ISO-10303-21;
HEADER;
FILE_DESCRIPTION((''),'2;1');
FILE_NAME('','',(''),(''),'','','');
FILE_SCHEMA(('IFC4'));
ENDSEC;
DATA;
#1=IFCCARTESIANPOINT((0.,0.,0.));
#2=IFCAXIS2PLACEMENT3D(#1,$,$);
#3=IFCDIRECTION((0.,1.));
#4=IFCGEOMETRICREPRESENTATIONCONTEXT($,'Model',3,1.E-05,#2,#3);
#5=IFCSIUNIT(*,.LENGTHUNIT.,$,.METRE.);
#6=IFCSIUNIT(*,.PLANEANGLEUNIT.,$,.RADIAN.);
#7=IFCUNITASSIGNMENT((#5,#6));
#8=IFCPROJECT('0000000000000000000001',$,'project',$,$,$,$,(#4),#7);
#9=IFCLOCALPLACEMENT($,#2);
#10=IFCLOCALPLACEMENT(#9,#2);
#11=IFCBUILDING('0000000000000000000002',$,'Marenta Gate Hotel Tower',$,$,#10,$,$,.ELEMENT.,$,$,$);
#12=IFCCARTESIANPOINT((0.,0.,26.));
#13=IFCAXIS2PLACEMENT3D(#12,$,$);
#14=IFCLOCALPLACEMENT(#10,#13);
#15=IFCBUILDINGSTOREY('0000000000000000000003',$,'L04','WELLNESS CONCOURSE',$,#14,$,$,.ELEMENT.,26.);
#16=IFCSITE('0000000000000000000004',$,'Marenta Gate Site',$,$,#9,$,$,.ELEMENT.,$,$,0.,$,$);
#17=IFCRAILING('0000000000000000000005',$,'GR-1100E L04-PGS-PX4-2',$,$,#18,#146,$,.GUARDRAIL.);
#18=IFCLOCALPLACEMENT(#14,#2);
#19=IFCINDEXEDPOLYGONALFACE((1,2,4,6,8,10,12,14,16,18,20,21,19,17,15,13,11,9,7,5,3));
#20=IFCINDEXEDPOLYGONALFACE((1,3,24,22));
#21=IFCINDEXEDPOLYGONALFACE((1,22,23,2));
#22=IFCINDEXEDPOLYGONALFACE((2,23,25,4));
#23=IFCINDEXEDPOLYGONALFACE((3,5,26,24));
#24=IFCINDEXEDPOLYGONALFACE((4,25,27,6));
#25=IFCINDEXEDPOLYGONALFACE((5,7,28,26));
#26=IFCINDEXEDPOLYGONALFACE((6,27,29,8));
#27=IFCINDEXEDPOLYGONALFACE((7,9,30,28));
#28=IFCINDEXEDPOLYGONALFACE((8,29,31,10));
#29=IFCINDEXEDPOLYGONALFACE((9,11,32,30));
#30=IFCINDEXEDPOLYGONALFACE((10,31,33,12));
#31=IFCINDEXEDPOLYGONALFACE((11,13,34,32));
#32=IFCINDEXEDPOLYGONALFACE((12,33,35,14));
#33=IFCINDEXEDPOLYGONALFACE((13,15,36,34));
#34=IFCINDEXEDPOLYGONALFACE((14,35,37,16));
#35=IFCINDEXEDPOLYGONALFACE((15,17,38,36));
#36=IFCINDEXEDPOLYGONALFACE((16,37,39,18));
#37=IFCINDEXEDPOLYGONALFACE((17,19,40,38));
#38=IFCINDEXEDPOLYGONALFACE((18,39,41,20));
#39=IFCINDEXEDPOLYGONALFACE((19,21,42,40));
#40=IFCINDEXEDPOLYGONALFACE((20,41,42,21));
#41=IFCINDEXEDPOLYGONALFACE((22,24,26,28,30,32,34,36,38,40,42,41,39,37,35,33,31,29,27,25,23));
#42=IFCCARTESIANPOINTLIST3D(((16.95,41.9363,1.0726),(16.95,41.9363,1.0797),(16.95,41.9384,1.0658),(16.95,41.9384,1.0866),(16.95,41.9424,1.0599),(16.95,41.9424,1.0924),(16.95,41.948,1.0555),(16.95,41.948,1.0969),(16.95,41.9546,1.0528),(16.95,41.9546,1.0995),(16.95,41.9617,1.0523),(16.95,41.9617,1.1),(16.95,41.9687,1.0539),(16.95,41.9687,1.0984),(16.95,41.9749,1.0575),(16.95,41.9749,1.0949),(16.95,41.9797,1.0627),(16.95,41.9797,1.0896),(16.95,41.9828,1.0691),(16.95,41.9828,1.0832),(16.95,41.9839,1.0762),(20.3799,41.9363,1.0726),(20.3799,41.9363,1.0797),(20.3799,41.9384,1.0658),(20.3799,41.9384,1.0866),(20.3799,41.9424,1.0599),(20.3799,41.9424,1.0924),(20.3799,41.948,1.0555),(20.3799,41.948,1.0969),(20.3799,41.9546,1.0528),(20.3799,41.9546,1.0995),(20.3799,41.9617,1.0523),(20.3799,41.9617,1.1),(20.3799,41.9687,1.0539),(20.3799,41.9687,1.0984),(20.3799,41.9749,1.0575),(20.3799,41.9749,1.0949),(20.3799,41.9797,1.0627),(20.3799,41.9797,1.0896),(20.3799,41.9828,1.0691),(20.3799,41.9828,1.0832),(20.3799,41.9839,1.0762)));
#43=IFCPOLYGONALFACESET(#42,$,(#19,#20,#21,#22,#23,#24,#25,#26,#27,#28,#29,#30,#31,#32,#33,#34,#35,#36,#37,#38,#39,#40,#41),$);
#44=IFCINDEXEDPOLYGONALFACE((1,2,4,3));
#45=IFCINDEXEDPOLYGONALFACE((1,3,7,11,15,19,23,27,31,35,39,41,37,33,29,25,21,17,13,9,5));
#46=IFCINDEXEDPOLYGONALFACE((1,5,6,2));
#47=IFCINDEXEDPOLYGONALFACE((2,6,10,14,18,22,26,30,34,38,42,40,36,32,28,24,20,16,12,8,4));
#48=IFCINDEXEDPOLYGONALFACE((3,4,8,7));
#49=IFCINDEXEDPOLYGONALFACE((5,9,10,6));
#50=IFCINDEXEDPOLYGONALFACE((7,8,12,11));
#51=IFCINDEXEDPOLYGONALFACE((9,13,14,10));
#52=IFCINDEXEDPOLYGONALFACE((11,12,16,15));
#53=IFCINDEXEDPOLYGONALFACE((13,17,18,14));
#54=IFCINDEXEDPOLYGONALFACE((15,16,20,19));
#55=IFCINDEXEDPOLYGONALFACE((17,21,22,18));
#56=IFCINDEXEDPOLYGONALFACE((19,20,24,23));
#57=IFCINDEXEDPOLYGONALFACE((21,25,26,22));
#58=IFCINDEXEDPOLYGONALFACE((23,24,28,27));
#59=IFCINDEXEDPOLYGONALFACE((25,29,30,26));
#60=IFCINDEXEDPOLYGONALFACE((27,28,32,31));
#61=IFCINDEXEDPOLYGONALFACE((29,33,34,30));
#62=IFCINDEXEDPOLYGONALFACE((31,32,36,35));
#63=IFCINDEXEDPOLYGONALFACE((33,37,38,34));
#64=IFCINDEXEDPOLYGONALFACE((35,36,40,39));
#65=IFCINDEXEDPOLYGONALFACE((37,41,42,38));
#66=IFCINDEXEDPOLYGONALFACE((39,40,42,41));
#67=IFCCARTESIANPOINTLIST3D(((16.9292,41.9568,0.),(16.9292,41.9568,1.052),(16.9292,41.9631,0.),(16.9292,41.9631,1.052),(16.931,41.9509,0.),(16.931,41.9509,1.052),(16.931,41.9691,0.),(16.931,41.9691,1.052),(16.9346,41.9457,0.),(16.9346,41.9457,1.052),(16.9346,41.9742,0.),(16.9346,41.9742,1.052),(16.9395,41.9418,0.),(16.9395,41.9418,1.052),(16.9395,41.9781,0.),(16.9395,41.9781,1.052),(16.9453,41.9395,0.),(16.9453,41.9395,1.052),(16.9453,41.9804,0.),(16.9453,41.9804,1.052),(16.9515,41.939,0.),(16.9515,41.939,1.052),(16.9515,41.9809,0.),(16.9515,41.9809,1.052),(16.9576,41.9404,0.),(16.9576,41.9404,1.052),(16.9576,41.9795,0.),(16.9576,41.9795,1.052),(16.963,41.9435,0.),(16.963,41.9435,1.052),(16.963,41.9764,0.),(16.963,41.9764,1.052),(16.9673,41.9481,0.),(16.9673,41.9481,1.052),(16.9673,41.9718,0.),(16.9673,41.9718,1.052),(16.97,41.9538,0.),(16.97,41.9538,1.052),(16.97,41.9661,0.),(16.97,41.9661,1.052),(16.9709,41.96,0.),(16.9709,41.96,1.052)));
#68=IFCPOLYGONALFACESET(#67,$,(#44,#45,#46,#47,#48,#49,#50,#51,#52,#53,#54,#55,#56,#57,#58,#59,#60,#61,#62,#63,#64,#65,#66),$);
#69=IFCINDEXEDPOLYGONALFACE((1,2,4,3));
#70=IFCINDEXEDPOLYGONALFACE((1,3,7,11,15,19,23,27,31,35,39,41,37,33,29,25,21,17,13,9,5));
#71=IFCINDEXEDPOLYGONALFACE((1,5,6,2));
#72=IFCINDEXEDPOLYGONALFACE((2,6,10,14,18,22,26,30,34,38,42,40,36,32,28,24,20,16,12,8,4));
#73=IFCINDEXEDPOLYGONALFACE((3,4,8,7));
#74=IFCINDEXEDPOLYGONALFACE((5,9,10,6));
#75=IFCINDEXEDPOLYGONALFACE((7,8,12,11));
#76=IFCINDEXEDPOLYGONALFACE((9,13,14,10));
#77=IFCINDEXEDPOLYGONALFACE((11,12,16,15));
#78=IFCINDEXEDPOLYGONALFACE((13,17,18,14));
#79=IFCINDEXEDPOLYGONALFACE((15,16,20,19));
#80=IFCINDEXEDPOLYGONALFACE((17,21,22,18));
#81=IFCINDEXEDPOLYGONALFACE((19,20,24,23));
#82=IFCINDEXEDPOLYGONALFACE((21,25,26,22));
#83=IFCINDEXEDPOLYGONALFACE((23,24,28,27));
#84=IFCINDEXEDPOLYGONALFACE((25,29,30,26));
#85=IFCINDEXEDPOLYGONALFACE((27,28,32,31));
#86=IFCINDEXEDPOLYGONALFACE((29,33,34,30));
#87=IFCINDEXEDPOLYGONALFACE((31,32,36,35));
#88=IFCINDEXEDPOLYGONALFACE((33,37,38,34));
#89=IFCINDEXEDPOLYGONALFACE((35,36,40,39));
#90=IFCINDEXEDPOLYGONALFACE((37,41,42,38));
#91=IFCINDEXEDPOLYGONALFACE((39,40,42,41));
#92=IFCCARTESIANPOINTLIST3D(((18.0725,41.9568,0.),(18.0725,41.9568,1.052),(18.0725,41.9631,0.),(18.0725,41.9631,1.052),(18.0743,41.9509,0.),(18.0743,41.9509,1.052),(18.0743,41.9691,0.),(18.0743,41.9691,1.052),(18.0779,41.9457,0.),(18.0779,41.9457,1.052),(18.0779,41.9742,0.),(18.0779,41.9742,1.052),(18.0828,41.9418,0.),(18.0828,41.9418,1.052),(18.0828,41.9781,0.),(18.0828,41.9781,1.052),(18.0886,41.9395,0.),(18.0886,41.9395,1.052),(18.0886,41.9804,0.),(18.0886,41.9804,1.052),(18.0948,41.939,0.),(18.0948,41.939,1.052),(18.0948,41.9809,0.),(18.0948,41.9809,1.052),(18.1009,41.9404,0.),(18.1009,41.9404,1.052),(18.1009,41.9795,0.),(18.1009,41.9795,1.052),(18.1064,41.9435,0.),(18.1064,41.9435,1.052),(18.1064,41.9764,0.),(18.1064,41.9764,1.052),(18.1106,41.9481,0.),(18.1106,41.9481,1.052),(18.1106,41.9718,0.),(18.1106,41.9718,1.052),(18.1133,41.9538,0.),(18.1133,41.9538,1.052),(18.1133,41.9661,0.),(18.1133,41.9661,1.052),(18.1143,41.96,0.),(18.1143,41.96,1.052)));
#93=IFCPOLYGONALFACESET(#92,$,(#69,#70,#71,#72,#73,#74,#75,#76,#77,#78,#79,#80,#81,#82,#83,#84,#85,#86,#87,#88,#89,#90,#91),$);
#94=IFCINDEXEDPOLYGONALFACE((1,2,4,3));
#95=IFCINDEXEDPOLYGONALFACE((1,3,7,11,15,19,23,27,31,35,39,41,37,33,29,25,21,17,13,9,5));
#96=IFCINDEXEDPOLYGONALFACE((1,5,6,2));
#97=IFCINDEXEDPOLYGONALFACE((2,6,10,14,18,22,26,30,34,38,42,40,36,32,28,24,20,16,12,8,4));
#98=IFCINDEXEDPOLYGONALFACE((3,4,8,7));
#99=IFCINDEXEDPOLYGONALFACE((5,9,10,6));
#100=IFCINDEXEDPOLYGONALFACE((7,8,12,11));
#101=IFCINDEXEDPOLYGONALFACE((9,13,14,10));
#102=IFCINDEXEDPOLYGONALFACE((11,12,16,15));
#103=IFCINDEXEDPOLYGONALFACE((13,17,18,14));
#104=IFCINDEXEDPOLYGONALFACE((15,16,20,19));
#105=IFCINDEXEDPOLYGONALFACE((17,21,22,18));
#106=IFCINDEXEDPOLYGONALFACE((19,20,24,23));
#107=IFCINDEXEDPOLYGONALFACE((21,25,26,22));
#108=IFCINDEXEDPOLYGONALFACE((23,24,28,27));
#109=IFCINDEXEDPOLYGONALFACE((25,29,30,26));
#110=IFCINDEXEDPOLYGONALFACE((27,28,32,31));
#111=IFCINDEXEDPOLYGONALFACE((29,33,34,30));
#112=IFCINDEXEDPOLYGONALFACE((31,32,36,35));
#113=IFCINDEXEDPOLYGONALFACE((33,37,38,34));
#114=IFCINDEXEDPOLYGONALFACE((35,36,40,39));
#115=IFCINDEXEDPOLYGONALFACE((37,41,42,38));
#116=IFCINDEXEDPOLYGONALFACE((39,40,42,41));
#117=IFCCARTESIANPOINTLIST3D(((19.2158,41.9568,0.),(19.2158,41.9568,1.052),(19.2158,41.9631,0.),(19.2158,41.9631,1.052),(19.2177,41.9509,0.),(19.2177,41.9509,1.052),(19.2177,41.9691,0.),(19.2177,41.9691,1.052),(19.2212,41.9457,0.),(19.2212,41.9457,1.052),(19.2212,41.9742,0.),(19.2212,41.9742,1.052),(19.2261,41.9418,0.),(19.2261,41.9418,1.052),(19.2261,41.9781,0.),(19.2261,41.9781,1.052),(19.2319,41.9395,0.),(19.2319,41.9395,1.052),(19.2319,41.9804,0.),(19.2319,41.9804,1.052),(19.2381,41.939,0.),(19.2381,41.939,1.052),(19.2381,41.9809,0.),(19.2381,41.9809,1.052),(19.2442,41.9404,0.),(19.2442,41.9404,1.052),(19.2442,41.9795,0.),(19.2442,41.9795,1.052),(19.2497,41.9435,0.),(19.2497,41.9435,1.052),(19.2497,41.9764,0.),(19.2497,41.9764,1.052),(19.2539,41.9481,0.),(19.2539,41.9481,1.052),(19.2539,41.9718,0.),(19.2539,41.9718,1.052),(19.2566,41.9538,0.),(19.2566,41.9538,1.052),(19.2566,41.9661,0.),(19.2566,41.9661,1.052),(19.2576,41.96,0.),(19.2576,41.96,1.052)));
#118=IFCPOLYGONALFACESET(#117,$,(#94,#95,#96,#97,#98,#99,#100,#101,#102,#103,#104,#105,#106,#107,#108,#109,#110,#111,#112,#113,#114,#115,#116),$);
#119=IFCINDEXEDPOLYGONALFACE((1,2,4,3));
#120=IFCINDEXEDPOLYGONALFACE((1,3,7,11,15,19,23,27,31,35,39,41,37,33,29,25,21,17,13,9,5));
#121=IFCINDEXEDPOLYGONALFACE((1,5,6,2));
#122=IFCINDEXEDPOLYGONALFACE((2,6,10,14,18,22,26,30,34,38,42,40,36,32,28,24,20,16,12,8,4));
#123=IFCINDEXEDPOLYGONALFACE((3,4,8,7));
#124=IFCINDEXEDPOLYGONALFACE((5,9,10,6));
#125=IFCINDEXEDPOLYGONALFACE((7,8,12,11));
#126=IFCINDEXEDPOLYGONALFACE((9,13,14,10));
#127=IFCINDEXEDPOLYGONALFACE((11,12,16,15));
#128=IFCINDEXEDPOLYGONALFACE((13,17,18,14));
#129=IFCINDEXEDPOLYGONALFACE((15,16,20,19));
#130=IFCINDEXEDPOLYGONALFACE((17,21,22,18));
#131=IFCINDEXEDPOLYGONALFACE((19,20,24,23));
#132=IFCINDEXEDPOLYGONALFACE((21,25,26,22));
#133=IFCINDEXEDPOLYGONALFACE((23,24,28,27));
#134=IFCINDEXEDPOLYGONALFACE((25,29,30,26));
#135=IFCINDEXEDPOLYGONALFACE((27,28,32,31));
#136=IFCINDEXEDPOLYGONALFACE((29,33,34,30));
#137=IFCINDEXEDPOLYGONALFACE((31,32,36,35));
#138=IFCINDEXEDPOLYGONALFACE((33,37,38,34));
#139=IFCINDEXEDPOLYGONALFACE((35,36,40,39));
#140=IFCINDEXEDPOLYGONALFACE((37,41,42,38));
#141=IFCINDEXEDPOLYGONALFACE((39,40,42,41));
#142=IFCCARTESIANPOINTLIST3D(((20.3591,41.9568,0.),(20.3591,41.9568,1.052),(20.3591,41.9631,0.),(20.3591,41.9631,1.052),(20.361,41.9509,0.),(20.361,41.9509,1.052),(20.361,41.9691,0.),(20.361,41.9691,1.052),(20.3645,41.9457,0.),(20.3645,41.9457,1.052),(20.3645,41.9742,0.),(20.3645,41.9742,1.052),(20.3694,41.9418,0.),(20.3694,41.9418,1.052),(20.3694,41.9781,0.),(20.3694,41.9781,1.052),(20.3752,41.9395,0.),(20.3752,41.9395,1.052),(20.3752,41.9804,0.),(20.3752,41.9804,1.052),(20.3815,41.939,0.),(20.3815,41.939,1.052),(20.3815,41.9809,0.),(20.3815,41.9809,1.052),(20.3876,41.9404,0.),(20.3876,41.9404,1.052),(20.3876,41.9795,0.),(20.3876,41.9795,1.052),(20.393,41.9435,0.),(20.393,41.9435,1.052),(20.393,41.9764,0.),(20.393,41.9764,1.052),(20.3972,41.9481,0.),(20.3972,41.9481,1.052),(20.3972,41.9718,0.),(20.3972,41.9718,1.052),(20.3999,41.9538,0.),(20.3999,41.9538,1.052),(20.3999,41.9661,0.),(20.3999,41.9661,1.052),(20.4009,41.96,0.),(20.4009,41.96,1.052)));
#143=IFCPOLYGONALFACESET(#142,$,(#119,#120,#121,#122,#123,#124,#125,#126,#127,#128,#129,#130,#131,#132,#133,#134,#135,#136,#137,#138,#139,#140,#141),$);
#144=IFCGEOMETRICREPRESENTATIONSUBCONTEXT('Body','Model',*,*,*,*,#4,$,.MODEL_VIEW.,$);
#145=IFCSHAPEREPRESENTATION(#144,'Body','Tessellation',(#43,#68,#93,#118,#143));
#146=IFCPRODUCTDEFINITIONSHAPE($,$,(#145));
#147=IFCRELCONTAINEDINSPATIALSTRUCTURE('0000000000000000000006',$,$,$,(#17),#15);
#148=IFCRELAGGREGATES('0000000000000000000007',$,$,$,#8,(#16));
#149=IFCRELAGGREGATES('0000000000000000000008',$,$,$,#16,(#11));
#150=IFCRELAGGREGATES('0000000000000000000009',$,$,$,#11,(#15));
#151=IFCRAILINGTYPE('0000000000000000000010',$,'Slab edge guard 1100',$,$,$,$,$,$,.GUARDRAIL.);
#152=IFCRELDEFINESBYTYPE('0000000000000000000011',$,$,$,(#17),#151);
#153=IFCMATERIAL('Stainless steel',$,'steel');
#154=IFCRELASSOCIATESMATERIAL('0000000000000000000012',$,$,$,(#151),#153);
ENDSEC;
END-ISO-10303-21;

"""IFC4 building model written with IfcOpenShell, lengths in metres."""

from ifc_helpers import new_model, si_unit, direction, frame, origin, origin_2d, place, context, subcontext, project, spatial, circle, extrude, material, type_object, element, save


model = new_model("IFC4")

# Units and contexts
model_context = context("Model", 3, precision=1e-05, world=origin(), true_north=direction((0.0, 1.0)))
body_context = subcontext(model_context, "Body", "Model", "MODEL_VIEW")
ifc_project = project(units=[si_unit("LENGTHUNIT", "METRE"), si_unit("PLANEANGLEUNIT", "RADIAN")], contexts=[model_context])

# Site, building, storey
site_placement = place(None, origin())
site = spatial("IfcSite", under=ifc_project, at=site_placement, Name="Marenta Gate Site", CompositionType="ELEMENT", RefElevation=0.0)
building_placement = place(site_placement, origin())
building = spatial("IfcBuilding", under=site, at=building_placement, Name="Marenta Gate Hotel Tower", CompositionType="ELEMENT")
storey_placement = place(building_placement, frame((0.0, 0.0, 26.0)))
storey = spatial("IfcBuildingStorey", under=building, at=storey_placement, Name="L04", Description="WELLNESS CONCOURSE", CompositionType="ELEMENT", Elevation=26.0)

# Railing
ifc_material_1 = material(Name="Stainless steel", Category="steel")
railing_type_1 = type_object("IfcRailingType", Name="Slab edge guard 1100", PredefinedType="GUARDRAIL", material=ifc_material_1)
railing_1_placement = place(storey_placement, frame((16.95, 41.96, 0.0)))
element("IfcRailing", 1, at=railing_1_placement, inside=storey, type_object=railing_type_1, Name="GR-1100E L04-PGS-PX4-2", PredefinedType="GUARDRAIL", context=body_context, shape_type="SweptSolid", body=[
    extrude(circle(Radius=0.0239, at=origin_2d()), frame((0.0, 0.0, 1.0762), z_axis=(1.0, 0.0, 0.0), x_axis=(0.0, 1.0, 0.0)), (0.0, 0.0, 1.0), 3.4299),
    extrude(circle(Radius=0.021, at=origin_2d()), origin(), (0.0, 0.0, 1.0), 1.052),
    extrude(circle(Radius=0.021, at=origin_2d()), frame((1.1433, 0.0, 0.0)), (0.0, 0.0, 1.0), 1.052),
    extrude(circle(Radius=0.021, at=origin_2d()), frame((2.2866, 0.0, 0.0)), (0.0, 0.0, 1.0), 1.052),
    extrude(circle(Radius=0.021, at=origin_2d()), frame((3.4299, 0.0, 0.0)), (0.0, 0.0, 1.0), 1.052),
])

save(model, "model.ifc")
